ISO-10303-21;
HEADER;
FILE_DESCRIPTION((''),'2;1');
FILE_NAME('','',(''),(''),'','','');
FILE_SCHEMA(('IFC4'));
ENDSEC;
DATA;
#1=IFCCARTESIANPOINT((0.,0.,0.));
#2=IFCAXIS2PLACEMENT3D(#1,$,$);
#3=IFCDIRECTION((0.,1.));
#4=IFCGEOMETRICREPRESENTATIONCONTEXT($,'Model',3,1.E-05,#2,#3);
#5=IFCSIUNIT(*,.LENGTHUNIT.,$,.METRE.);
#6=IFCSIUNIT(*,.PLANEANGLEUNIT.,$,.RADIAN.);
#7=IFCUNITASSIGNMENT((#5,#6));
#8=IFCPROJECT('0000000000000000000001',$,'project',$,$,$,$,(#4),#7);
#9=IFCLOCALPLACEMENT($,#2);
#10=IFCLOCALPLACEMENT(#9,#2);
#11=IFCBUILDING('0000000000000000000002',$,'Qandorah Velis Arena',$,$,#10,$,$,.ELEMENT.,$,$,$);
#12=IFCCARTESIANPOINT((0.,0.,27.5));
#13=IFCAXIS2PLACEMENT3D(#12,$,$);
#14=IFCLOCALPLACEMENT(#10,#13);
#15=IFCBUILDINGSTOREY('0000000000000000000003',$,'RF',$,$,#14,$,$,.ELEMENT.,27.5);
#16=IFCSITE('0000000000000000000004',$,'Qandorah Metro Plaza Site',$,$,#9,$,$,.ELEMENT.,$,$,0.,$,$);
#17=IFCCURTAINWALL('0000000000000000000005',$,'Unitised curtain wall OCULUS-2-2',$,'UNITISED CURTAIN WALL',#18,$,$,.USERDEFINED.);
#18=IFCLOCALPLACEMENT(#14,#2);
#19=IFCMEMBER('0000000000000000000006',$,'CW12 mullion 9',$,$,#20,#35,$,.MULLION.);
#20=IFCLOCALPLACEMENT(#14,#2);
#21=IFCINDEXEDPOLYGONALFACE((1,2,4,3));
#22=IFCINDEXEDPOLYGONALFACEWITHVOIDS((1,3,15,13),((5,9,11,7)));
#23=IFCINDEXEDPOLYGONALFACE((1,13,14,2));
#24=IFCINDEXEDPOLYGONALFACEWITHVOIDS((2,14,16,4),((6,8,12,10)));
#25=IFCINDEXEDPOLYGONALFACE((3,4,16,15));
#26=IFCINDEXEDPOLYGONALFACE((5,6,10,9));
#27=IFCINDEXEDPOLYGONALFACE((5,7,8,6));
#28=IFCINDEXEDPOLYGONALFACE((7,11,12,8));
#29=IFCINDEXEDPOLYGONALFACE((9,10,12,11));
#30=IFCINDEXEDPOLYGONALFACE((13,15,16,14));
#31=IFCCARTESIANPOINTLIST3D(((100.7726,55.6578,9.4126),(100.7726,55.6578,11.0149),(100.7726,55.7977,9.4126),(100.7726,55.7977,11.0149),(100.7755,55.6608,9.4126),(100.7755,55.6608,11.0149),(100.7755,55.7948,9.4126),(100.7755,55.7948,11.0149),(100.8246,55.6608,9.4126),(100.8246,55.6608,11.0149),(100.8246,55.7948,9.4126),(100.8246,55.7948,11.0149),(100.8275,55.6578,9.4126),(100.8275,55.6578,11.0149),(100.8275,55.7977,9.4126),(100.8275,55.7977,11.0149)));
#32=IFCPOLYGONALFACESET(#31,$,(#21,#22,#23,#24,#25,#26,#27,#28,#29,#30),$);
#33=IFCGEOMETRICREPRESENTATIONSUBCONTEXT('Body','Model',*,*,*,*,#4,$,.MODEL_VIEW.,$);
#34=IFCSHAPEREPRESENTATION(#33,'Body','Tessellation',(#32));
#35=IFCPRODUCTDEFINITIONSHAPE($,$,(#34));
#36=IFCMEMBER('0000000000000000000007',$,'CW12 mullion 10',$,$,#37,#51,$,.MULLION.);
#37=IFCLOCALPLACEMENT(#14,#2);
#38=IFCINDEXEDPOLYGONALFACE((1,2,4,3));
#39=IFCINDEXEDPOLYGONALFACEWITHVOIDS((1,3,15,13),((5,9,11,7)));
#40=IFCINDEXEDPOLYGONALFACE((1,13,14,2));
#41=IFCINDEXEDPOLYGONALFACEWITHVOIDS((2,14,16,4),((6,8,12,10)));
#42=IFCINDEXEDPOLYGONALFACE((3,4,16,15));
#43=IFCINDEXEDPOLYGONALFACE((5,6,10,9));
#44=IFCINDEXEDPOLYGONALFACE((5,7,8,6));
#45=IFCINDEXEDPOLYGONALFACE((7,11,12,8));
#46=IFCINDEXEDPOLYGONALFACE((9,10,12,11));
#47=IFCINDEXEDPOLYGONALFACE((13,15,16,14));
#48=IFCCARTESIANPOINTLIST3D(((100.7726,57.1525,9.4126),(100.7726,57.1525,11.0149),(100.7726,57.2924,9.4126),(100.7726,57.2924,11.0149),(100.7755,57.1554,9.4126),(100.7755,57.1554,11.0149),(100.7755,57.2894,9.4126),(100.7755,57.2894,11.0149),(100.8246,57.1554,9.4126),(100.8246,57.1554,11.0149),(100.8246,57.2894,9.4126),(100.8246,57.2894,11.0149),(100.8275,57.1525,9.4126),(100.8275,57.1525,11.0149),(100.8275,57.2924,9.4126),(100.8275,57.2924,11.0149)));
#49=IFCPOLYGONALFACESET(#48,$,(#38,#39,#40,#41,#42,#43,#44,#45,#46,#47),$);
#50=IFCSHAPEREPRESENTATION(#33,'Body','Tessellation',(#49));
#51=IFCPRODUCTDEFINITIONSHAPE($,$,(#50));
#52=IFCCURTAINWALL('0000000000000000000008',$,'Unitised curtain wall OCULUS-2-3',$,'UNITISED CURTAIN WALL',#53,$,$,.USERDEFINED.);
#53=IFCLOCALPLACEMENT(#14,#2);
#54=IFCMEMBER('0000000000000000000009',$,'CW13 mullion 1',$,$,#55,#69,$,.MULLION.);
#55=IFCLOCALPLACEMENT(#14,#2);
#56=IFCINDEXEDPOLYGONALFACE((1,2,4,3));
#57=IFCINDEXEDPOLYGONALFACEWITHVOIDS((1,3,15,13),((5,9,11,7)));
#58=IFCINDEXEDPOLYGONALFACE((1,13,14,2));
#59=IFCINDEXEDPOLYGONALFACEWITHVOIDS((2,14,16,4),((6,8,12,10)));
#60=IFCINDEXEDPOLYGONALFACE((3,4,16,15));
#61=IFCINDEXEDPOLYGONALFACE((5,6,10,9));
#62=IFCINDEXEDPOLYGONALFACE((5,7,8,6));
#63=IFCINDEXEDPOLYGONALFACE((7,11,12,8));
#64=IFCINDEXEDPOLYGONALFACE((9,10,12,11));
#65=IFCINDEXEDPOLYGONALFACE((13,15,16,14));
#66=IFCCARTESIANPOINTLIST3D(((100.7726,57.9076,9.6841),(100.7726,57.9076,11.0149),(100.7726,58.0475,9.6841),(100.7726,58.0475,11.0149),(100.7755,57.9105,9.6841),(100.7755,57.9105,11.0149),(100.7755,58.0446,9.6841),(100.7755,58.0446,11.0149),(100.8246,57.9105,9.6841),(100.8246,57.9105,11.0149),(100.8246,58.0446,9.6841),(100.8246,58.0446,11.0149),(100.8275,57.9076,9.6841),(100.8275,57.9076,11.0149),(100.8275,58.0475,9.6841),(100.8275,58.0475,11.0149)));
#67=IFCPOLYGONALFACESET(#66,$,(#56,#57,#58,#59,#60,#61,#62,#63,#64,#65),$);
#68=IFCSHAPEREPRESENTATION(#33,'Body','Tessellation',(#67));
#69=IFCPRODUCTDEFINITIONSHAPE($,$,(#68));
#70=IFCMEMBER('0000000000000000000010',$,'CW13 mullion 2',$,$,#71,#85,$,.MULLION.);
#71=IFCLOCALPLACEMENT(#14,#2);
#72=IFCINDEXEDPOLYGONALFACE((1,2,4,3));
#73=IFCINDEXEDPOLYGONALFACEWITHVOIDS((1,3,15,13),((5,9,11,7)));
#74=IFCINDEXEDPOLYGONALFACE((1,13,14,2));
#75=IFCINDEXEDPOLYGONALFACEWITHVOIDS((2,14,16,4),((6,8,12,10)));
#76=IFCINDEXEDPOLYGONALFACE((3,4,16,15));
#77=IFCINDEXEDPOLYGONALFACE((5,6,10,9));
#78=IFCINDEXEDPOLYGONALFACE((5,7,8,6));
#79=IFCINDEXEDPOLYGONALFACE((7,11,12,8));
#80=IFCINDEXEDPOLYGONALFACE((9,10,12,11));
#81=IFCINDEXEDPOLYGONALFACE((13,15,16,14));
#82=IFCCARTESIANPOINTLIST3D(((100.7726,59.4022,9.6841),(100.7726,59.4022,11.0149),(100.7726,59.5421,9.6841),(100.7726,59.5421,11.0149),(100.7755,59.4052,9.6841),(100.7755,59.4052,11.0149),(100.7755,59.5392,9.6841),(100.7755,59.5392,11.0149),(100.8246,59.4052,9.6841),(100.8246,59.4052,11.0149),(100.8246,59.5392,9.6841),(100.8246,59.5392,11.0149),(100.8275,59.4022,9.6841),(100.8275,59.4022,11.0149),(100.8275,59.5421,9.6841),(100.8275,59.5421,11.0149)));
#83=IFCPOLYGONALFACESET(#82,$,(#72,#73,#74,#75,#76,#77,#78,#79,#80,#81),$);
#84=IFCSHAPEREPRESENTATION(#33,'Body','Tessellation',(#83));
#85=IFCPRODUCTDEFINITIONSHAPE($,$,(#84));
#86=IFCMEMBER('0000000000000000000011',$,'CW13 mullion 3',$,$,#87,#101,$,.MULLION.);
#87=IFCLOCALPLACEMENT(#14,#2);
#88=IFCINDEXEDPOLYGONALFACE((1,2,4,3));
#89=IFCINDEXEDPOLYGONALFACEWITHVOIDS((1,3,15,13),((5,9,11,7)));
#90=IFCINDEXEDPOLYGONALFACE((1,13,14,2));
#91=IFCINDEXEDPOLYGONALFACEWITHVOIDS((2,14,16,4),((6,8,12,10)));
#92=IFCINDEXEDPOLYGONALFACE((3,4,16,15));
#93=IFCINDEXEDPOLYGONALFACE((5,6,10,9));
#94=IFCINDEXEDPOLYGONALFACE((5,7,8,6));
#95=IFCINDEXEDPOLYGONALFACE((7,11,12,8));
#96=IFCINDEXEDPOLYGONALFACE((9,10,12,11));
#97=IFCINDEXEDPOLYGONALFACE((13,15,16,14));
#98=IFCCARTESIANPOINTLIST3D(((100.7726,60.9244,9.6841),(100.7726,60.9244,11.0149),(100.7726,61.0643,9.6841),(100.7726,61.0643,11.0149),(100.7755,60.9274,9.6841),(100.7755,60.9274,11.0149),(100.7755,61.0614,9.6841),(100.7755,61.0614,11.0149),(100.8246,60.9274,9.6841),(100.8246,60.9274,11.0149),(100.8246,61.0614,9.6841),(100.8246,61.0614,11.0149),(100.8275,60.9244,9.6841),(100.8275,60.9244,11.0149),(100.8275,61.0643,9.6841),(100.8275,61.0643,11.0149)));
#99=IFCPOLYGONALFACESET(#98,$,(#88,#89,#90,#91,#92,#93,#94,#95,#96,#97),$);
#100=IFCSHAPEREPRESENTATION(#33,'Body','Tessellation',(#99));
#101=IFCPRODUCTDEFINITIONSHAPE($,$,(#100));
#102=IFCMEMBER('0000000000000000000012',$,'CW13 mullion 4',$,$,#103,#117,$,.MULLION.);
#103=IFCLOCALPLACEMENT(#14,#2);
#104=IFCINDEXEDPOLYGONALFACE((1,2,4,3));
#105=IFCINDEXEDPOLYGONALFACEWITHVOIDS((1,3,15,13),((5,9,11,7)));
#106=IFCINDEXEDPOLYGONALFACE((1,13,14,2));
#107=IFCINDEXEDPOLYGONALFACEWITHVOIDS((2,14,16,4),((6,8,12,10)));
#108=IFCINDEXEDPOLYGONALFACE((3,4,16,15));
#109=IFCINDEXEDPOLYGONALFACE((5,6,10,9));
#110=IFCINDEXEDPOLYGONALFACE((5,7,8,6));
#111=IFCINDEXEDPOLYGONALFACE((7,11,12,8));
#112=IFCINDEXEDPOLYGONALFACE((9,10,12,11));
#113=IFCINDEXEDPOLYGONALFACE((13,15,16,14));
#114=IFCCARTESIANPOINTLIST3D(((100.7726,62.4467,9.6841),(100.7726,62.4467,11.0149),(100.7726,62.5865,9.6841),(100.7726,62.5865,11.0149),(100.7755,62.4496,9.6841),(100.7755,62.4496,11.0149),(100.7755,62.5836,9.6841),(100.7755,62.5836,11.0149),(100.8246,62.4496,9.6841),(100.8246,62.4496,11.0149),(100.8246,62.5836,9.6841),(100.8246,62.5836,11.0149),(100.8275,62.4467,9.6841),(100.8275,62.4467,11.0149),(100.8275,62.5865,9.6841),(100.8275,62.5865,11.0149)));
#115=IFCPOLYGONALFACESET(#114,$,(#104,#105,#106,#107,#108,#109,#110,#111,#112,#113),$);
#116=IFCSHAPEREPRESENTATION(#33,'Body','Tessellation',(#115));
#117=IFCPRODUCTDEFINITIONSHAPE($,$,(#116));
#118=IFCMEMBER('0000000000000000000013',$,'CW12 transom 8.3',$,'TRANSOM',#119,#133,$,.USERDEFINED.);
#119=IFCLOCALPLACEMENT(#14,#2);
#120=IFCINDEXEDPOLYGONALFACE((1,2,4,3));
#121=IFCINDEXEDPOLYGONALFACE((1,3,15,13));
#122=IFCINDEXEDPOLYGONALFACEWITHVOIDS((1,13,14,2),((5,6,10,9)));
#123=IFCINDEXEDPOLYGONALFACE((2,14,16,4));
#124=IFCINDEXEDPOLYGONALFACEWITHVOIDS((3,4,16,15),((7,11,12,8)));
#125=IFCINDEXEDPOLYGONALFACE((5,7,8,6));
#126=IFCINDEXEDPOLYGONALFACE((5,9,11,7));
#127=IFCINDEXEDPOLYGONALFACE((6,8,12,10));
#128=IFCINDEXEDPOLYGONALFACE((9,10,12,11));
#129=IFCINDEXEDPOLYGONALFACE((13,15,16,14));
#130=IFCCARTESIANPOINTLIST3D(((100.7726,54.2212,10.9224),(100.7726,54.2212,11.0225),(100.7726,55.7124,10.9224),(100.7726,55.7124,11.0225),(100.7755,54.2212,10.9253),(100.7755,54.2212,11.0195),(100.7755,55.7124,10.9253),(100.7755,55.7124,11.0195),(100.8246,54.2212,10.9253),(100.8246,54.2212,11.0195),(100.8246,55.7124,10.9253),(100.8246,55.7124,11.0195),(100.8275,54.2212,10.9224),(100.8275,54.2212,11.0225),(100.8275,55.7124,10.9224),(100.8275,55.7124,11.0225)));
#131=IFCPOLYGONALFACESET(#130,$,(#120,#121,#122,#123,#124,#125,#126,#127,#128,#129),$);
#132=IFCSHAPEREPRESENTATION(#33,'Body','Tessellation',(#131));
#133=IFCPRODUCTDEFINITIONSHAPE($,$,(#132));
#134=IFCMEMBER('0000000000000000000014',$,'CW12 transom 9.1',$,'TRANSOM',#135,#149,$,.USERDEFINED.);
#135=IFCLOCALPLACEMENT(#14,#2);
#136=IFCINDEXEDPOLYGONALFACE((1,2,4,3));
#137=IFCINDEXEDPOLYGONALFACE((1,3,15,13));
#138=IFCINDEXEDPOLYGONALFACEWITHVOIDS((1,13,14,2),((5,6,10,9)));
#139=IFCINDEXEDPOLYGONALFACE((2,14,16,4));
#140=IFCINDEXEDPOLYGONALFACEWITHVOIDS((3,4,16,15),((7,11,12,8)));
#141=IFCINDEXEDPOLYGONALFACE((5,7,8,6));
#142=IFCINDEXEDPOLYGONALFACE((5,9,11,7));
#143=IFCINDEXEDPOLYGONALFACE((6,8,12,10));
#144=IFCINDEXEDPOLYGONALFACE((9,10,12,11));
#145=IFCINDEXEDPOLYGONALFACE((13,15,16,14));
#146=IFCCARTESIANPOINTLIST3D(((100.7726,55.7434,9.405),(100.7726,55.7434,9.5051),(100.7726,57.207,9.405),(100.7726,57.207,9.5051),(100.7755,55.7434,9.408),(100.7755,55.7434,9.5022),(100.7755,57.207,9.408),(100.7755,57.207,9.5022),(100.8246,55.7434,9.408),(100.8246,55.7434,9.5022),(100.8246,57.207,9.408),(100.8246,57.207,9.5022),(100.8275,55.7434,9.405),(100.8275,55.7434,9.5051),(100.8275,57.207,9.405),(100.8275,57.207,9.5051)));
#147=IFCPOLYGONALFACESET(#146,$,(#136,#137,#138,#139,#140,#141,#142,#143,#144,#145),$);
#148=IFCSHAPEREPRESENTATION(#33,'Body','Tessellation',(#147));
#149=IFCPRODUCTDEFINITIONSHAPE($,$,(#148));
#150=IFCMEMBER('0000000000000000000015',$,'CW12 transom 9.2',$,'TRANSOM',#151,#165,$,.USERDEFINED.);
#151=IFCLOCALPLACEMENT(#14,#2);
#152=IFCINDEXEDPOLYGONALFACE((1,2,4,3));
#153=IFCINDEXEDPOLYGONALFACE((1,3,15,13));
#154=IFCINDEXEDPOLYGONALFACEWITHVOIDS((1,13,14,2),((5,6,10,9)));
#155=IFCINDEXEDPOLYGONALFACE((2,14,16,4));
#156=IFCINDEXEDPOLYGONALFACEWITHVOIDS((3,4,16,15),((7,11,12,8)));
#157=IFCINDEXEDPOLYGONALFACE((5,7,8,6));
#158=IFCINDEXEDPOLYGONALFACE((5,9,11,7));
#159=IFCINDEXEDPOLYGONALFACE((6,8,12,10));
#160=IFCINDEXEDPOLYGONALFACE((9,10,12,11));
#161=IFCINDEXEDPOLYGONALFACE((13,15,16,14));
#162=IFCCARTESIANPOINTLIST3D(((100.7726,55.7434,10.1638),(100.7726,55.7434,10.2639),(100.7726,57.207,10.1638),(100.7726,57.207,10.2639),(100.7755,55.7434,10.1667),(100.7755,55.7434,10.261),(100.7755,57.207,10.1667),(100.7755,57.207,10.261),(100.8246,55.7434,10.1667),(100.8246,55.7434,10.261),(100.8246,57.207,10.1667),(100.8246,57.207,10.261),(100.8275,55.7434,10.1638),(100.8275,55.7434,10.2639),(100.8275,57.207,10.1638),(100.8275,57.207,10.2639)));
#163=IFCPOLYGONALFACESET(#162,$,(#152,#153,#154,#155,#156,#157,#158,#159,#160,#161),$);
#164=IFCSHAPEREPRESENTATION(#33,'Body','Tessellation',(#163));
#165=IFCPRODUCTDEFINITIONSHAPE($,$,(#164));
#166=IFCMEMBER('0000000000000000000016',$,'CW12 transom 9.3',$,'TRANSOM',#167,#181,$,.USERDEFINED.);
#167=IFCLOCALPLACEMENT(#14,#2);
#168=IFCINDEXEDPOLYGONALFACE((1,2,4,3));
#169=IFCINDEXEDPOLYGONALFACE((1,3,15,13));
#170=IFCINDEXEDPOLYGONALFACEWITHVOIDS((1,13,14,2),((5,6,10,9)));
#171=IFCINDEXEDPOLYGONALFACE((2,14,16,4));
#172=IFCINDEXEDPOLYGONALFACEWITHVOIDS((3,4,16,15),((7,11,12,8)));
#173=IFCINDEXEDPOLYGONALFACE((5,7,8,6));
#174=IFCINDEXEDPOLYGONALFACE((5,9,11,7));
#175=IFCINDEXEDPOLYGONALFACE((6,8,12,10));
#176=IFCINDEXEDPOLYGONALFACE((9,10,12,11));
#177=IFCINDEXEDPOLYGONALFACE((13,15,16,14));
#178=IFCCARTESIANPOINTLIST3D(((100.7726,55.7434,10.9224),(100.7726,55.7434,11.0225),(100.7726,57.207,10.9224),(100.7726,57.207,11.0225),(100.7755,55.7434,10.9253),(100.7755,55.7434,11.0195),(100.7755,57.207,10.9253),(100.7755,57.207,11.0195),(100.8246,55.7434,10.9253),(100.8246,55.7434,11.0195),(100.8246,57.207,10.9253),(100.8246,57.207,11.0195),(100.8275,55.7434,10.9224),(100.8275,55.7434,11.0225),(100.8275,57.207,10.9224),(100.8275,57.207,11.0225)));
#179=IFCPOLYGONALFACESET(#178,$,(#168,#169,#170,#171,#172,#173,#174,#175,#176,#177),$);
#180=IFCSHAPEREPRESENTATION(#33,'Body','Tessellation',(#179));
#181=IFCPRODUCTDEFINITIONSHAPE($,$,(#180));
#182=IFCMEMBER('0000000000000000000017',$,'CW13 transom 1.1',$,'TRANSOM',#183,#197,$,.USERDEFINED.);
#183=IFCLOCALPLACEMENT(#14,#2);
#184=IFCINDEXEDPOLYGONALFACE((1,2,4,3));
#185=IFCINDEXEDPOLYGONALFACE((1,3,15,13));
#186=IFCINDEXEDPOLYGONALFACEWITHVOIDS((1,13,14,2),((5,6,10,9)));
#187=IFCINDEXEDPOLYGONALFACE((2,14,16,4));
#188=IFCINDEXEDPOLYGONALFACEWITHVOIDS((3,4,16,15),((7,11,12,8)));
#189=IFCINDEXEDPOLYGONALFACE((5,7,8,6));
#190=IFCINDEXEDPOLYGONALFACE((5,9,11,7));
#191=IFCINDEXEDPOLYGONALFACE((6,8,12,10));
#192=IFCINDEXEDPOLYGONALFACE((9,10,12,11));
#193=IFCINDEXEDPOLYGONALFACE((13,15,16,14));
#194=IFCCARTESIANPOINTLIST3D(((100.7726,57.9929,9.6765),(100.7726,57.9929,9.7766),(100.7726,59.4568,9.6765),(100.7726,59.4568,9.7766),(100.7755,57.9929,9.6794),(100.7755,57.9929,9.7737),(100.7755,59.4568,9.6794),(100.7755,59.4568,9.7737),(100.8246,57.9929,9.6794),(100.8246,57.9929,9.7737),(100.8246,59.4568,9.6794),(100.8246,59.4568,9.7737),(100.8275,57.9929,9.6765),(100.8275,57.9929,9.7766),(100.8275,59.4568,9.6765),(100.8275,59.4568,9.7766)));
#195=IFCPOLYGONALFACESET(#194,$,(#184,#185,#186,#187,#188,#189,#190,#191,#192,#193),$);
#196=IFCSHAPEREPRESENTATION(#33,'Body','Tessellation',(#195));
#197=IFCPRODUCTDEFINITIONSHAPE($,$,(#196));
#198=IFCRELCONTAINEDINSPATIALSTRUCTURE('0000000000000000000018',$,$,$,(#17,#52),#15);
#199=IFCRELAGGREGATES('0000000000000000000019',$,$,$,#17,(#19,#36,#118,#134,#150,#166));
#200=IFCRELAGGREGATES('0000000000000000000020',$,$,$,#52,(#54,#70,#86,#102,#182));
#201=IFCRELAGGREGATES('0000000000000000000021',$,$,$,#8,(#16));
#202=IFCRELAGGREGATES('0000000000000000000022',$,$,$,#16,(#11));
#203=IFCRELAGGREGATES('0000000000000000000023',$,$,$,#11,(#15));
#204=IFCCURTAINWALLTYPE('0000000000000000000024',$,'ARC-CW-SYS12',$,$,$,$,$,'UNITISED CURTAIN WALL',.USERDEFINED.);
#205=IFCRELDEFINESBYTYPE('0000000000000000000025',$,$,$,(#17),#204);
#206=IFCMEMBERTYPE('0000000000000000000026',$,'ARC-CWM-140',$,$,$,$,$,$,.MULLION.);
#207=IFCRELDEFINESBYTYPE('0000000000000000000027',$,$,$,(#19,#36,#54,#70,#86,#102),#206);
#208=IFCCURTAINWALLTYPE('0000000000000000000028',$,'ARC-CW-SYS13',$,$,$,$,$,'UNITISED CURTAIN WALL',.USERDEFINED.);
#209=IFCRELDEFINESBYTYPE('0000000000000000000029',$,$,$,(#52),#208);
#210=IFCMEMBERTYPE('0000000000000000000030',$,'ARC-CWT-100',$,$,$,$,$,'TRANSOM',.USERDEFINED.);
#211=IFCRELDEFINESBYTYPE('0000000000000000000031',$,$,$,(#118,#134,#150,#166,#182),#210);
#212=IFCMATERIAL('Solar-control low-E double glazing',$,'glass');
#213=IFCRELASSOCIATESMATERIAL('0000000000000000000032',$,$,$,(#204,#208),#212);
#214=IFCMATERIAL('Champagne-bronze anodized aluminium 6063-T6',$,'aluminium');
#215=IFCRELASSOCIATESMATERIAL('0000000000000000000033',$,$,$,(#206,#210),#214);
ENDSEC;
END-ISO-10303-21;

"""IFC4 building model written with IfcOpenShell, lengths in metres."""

from ifc_helpers import new_model, si_unit, direction, frame, origin, origin_2d, place, context, subcontext, project, spatial, hollow_rectangle, extrude, material, material_profile, profile_set, type_object, element, aggregate, save


model = new_model("IFC4")

# Units and contexts
model_context = context("Model", 3, precision=1e-05, world=origin(), true_north=direction((0.0, 1.0)))
body_context = subcontext(model_context, "Body", "Model", "MODEL_VIEW")
ifc_project = project(units=[si_unit("LENGTHUNIT", "METRE"), si_unit("PLANEANGLEUNIT", "RADIAN")], contexts=[model_context])

# Site, building, storey
site_placement = place(None, origin())
site = spatial("IfcSite", under=ifc_project, at=site_placement, Name="Qandorah Metro Plaza Site", CompositionType="ELEMENT", RefElevation=0.0)
building_placement = place(site_placement, origin())
building = spatial("IfcBuilding", under=site, at=building_placement, Name="Qandorah Velis Arena", CompositionType="ELEMENT")
storey_placement = place(building_placement, frame((0.0, 0.0, 27.5)))
storey = spatial("IfcBuildingStorey", under=building, at=storey_placement, Name="RF", CompositionType="ELEMENT", Elevation=27.5)

# Curtain walls, members
ifc_material_1 = material(Name="Solar-control low-E double glazing", Category="glass")
curtain_wall_type_1 = type_object("IfcCurtainWallType", Name="ARC-CW-SYS12", ElementType="UNITISED CURTAIN WALL", PredefinedType="USERDEFINED", material=ifc_material_1)
curtain_wall_1_placement = place(storey_placement, origin())
curtain_wall_1 = element("IfcCurtainWall", 1, at=curtain_wall_1_placement, inside=storey, type_object=curtain_wall_type_1, Name="Unitised curtain wall OCULUS-2-2", ObjectType="UNITISED CURTAIN WALL", PredefinedType="USERDEFINED")
ifc_material_2 = material(Name="Champagne-bronze anodized aluminium 6063-T6", Category="aluminium")
ifc_material_profile_1 = material_profile(ifc_material_2, hollow_rectangle(XDim=0.0549, YDim=0.1399, WallThickness=0.0029, at=origin_2d()), Name="ALU MULLION 55x140")
ifc_profile_set_1 = profile_set([ifc_material_profile_1], Name="Champagne-bronze anodized aluminium 6063-T6")
member_type_1 = type_object("IfcMemberType", Name="ARC-CWM-140", PredefinedType="MULLION", material=ifc_profile_set_1)
member_1_placement = place(storey_placement, frame((100.8, 55.7278, 9.4126), z_axis=(0.0, 0.0, 1.0), x_axis=(-1.0, 0.0, 0.0)))
member_1 = element("IfcMember", 2, at=member_1_placement, type_object=member_type_1, Name="CW12 mullion 9", PredefinedType="MULLION", context=body_context, shape_type="SweptSolid", body=[
    extrude(hollow_rectangle(XDim=0.0549, YDim=0.1399, WallThickness=0.0029, at=origin_2d()), origin(), (0.0, 0.0, 1.0), 1.6023),
])
member_2_placement = place(storey_placement, frame((100.8, 57.2224, 9.4126), z_axis=(0.0, 0.0, 1.0), x_axis=(-1.0, 0.0, 0.0)))
member_2 = element("IfcMember", 3, at=member_2_placement, type_object=member_type_1, Name="CW12 mullion 10", PredefinedType="MULLION", context=body_context, shape_type="SweptSolid", body=[
    extrude(hollow_rectangle(XDim=0.0549, YDim=0.1399, WallThickness=0.0029, at=origin_2d()), origin(), (0.0, 0.0, 1.0), 1.6023),
])
curtain_wall_type_2 = type_object("IfcCurtainWallType", Name="ARC-CW-SYS13", ElementType="UNITISED CURTAIN WALL", PredefinedType="USERDEFINED", material=ifc_material_1)
curtain_wall_2_placement = place(storey_placement, origin())
curtain_wall_2 = element("IfcCurtainWall", 4, at=curtain_wall_2_placement, inside=storey, type_object=curtain_wall_type_2, Name="Unitised curtain wall OCULUS-2-3", ObjectType="UNITISED CURTAIN WALL", PredefinedType="USERDEFINED")
member_3_placement = place(storey_placement, frame((100.8, 57.9775, 9.6841), z_axis=(0.0, 0.0, 1.0), x_axis=(-1.0, 0.0, 0.0)))
member_3 = element("IfcMember", 5, at=member_3_placement, type_object=member_type_1, Name="CW13 mullion 1", PredefinedType="MULLION", context=body_context, shape_type="SweptSolid", body=[
    extrude(hollow_rectangle(XDim=0.0549, YDim=0.1399, WallThickness=0.0029, at=origin_2d()), origin(), (0.0, 0.0, 1.0), 1.3308),
])
member_4_placement = place(storey_placement, frame((100.8, 59.4722, 9.6841), z_axis=(0.0, 0.0, 1.0), x_axis=(-1.0, 0.0, 0.0)))
member_4 = element("IfcMember", 6, at=member_4_placement, type_object=member_type_1, Name="CW13 mullion 2", PredefinedType="MULLION", context=body_context, shape_type="SweptSolid", body=[
    extrude(hollow_rectangle(XDim=0.0549, YDim=0.1399, WallThickness=0.0029, at=origin_2d()), origin(), (0.0, 0.0, 1.0), 1.3308),
])
member_5_placement = place(storey_placement, frame((100.8, 60.9944, 9.6841), z_axis=(0.0, 0.0, 1.0), x_axis=(-1.0, 0.0, 0.0)))
member_5 = element("IfcMember", 7, at=member_5_placement, type_object=member_type_1, Name="CW13 mullion 3", PredefinedType="MULLION", context=body_context, shape_type="SweptSolid", body=[
    extrude(hollow_rectangle(XDim=0.0549, YDim=0.1399, WallThickness=0.0029, at=origin_2d()), origin(), (0.0, 0.0, 1.0), 1.3308),
])
member_6_placement = place(storey_placement, frame((100.8, 62.5166, 9.6841), z_axis=(0.0, 0.0, 1.0), x_axis=(-1.0, 0.0, 0.0)))
member_6 = element("IfcMember", 8, at=member_6_placement, type_object=member_type_1, Name="CW13 mullion 4", PredefinedType="MULLION", context=body_context, shape_type="SweptSolid", body=[
    extrude(hollow_rectangle(XDim=0.0549, YDim=0.1399, WallThickness=0.0029, at=origin_2d()), origin(), (0.0, 0.0, 1.0), 1.3308),
])

# Members
ifc_material_profile_2 = material_profile(ifc_material_2, hollow_rectangle(XDim=0.0549, YDim=0.1001, WallThickness=0.0029, at=origin_2d()), Name="ALU TRANSOM 55x100")
ifc_profile_set_2 = profile_set([ifc_material_profile_2], Name="Champagne-bronze anodized aluminium 6063-T6")
member_type_2 = type_object("IfcMemberType", Name="ARC-CWT-100", ElementType="TRANSOM", PredefinedType="USERDEFINED", material=ifc_profile_set_2)
member_7_placement = place(storey_placement, frame((100.8, 54.2212, 10.9724), z_axis=(0.0, 1.0, 0.0), x_axis=(-1.0, 0.0, 0.0)))
member_7 = element("IfcMember", 9, at=member_7_placement, type_object=member_type_2, Name="CW12 transom 8.3", ObjectType="TRANSOM", PredefinedType="USERDEFINED", context=body_context, shape_type="SweptSolid", body=[
    extrude(hollow_rectangle(XDim=0.0549, YDim=0.1001, WallThickness=0.0029, at=origin_2d()), origin(), (0.0, 0.0, 1.0), 1.4912),
])
member_8_placement = place(storey_placement, frame((100.8, 55.7434, 9.4551), z_axis=(0.0, 1.0, 0.0), x_axis=(-1.0, 0.0, 0.0)))
member_8 = element("IfcMember", 10, at=member_8_placement, type_object=member_type_2, Name="CW12 transom 9.1", ObjectType="TRANSOM", PredefinedType="USERDEFINED", context=body_context, shape_type="SweptSolid", body=[
    extrude(hollow_rectangle(XDim=0.0549, YDim=0.1001, WallThickness=0.0029, at=origin_2d()), origin(), (0.0, 0.0, 1.0), 1.4636),
])
member_9_placement = place(storey_placement, frame((100.8, 55.7434, 10.2139), z_axis=(0.0, 1.0, 0.0), x_axis=(-1.0, 0.0, 0.0)))
member_9 = element("IfcMember", 11, at=member_9_placement, type_object=member_type_2, Name="CW12 transom 9.2", ObjectType="TRANSOM", PredefinedType="USERDEFINED", context=body_context, shape_type="SweptSolid", body=[
    extrude(hollow_rectangle(XDim=0.0549, YDim=0.1001, WallThickness=0.0029, at=origin_2d()), origin(), (0.0, 0.0, 1.0), 1.4636),
])
member_10_placement = place(storey_placement, frame((100.8, 55.7434, 10.9724), z_axis=(0.0, 1.0, 0.0), x_axis=(-1.0, 0.0, 0.0)))
member_10 = element("IfcMember", 12, at=member_10_placement, type_object=member_type_2, Name="CW12 transom 9.3", ObjectType="TRANSOM", PredefinedType="USERDEFINED", context=body_context, shape_type="SweptSolid", body=[
    extrude(hollow_rectangle(XDim=0.0549, YDim=0.1001, WallThickness=0.0029, at=origin_2d()), origin(), (0.0, 0.0, 1.0), 1.4636),
])
member_11_placement = place(storey_placement, frame((100.8, 57.9929, 9.7266), z_axis=(0.0, 1.0, 0.0), x_axis=(-1.0, 0.0, 0.0)))
member_11 = element("IfcMember", 13, at=member_11_placement, type_object=member_type_2, Name="CW13 transom 1.1", ObjectType="TRANSOM", PredefinedType="USERDEFINED", context=body_context, shape_type="SweptSolid", body=[
    extrude(hollow_rectangle(XDim=0.0549, YDim=0.1001, WallThickness=0.0029, at=origin_2d()), origin(), (0.0, 0.0, 1.0), 1.4639),
])

aggregate(curtain_wall_1, [member_1, member_2, member_7, member_8, member_9, member_10])
aggregate(curtain_wall_2, [member_3, member_4, member_5, member_6, member_11])

save(model, "model.ifc")
